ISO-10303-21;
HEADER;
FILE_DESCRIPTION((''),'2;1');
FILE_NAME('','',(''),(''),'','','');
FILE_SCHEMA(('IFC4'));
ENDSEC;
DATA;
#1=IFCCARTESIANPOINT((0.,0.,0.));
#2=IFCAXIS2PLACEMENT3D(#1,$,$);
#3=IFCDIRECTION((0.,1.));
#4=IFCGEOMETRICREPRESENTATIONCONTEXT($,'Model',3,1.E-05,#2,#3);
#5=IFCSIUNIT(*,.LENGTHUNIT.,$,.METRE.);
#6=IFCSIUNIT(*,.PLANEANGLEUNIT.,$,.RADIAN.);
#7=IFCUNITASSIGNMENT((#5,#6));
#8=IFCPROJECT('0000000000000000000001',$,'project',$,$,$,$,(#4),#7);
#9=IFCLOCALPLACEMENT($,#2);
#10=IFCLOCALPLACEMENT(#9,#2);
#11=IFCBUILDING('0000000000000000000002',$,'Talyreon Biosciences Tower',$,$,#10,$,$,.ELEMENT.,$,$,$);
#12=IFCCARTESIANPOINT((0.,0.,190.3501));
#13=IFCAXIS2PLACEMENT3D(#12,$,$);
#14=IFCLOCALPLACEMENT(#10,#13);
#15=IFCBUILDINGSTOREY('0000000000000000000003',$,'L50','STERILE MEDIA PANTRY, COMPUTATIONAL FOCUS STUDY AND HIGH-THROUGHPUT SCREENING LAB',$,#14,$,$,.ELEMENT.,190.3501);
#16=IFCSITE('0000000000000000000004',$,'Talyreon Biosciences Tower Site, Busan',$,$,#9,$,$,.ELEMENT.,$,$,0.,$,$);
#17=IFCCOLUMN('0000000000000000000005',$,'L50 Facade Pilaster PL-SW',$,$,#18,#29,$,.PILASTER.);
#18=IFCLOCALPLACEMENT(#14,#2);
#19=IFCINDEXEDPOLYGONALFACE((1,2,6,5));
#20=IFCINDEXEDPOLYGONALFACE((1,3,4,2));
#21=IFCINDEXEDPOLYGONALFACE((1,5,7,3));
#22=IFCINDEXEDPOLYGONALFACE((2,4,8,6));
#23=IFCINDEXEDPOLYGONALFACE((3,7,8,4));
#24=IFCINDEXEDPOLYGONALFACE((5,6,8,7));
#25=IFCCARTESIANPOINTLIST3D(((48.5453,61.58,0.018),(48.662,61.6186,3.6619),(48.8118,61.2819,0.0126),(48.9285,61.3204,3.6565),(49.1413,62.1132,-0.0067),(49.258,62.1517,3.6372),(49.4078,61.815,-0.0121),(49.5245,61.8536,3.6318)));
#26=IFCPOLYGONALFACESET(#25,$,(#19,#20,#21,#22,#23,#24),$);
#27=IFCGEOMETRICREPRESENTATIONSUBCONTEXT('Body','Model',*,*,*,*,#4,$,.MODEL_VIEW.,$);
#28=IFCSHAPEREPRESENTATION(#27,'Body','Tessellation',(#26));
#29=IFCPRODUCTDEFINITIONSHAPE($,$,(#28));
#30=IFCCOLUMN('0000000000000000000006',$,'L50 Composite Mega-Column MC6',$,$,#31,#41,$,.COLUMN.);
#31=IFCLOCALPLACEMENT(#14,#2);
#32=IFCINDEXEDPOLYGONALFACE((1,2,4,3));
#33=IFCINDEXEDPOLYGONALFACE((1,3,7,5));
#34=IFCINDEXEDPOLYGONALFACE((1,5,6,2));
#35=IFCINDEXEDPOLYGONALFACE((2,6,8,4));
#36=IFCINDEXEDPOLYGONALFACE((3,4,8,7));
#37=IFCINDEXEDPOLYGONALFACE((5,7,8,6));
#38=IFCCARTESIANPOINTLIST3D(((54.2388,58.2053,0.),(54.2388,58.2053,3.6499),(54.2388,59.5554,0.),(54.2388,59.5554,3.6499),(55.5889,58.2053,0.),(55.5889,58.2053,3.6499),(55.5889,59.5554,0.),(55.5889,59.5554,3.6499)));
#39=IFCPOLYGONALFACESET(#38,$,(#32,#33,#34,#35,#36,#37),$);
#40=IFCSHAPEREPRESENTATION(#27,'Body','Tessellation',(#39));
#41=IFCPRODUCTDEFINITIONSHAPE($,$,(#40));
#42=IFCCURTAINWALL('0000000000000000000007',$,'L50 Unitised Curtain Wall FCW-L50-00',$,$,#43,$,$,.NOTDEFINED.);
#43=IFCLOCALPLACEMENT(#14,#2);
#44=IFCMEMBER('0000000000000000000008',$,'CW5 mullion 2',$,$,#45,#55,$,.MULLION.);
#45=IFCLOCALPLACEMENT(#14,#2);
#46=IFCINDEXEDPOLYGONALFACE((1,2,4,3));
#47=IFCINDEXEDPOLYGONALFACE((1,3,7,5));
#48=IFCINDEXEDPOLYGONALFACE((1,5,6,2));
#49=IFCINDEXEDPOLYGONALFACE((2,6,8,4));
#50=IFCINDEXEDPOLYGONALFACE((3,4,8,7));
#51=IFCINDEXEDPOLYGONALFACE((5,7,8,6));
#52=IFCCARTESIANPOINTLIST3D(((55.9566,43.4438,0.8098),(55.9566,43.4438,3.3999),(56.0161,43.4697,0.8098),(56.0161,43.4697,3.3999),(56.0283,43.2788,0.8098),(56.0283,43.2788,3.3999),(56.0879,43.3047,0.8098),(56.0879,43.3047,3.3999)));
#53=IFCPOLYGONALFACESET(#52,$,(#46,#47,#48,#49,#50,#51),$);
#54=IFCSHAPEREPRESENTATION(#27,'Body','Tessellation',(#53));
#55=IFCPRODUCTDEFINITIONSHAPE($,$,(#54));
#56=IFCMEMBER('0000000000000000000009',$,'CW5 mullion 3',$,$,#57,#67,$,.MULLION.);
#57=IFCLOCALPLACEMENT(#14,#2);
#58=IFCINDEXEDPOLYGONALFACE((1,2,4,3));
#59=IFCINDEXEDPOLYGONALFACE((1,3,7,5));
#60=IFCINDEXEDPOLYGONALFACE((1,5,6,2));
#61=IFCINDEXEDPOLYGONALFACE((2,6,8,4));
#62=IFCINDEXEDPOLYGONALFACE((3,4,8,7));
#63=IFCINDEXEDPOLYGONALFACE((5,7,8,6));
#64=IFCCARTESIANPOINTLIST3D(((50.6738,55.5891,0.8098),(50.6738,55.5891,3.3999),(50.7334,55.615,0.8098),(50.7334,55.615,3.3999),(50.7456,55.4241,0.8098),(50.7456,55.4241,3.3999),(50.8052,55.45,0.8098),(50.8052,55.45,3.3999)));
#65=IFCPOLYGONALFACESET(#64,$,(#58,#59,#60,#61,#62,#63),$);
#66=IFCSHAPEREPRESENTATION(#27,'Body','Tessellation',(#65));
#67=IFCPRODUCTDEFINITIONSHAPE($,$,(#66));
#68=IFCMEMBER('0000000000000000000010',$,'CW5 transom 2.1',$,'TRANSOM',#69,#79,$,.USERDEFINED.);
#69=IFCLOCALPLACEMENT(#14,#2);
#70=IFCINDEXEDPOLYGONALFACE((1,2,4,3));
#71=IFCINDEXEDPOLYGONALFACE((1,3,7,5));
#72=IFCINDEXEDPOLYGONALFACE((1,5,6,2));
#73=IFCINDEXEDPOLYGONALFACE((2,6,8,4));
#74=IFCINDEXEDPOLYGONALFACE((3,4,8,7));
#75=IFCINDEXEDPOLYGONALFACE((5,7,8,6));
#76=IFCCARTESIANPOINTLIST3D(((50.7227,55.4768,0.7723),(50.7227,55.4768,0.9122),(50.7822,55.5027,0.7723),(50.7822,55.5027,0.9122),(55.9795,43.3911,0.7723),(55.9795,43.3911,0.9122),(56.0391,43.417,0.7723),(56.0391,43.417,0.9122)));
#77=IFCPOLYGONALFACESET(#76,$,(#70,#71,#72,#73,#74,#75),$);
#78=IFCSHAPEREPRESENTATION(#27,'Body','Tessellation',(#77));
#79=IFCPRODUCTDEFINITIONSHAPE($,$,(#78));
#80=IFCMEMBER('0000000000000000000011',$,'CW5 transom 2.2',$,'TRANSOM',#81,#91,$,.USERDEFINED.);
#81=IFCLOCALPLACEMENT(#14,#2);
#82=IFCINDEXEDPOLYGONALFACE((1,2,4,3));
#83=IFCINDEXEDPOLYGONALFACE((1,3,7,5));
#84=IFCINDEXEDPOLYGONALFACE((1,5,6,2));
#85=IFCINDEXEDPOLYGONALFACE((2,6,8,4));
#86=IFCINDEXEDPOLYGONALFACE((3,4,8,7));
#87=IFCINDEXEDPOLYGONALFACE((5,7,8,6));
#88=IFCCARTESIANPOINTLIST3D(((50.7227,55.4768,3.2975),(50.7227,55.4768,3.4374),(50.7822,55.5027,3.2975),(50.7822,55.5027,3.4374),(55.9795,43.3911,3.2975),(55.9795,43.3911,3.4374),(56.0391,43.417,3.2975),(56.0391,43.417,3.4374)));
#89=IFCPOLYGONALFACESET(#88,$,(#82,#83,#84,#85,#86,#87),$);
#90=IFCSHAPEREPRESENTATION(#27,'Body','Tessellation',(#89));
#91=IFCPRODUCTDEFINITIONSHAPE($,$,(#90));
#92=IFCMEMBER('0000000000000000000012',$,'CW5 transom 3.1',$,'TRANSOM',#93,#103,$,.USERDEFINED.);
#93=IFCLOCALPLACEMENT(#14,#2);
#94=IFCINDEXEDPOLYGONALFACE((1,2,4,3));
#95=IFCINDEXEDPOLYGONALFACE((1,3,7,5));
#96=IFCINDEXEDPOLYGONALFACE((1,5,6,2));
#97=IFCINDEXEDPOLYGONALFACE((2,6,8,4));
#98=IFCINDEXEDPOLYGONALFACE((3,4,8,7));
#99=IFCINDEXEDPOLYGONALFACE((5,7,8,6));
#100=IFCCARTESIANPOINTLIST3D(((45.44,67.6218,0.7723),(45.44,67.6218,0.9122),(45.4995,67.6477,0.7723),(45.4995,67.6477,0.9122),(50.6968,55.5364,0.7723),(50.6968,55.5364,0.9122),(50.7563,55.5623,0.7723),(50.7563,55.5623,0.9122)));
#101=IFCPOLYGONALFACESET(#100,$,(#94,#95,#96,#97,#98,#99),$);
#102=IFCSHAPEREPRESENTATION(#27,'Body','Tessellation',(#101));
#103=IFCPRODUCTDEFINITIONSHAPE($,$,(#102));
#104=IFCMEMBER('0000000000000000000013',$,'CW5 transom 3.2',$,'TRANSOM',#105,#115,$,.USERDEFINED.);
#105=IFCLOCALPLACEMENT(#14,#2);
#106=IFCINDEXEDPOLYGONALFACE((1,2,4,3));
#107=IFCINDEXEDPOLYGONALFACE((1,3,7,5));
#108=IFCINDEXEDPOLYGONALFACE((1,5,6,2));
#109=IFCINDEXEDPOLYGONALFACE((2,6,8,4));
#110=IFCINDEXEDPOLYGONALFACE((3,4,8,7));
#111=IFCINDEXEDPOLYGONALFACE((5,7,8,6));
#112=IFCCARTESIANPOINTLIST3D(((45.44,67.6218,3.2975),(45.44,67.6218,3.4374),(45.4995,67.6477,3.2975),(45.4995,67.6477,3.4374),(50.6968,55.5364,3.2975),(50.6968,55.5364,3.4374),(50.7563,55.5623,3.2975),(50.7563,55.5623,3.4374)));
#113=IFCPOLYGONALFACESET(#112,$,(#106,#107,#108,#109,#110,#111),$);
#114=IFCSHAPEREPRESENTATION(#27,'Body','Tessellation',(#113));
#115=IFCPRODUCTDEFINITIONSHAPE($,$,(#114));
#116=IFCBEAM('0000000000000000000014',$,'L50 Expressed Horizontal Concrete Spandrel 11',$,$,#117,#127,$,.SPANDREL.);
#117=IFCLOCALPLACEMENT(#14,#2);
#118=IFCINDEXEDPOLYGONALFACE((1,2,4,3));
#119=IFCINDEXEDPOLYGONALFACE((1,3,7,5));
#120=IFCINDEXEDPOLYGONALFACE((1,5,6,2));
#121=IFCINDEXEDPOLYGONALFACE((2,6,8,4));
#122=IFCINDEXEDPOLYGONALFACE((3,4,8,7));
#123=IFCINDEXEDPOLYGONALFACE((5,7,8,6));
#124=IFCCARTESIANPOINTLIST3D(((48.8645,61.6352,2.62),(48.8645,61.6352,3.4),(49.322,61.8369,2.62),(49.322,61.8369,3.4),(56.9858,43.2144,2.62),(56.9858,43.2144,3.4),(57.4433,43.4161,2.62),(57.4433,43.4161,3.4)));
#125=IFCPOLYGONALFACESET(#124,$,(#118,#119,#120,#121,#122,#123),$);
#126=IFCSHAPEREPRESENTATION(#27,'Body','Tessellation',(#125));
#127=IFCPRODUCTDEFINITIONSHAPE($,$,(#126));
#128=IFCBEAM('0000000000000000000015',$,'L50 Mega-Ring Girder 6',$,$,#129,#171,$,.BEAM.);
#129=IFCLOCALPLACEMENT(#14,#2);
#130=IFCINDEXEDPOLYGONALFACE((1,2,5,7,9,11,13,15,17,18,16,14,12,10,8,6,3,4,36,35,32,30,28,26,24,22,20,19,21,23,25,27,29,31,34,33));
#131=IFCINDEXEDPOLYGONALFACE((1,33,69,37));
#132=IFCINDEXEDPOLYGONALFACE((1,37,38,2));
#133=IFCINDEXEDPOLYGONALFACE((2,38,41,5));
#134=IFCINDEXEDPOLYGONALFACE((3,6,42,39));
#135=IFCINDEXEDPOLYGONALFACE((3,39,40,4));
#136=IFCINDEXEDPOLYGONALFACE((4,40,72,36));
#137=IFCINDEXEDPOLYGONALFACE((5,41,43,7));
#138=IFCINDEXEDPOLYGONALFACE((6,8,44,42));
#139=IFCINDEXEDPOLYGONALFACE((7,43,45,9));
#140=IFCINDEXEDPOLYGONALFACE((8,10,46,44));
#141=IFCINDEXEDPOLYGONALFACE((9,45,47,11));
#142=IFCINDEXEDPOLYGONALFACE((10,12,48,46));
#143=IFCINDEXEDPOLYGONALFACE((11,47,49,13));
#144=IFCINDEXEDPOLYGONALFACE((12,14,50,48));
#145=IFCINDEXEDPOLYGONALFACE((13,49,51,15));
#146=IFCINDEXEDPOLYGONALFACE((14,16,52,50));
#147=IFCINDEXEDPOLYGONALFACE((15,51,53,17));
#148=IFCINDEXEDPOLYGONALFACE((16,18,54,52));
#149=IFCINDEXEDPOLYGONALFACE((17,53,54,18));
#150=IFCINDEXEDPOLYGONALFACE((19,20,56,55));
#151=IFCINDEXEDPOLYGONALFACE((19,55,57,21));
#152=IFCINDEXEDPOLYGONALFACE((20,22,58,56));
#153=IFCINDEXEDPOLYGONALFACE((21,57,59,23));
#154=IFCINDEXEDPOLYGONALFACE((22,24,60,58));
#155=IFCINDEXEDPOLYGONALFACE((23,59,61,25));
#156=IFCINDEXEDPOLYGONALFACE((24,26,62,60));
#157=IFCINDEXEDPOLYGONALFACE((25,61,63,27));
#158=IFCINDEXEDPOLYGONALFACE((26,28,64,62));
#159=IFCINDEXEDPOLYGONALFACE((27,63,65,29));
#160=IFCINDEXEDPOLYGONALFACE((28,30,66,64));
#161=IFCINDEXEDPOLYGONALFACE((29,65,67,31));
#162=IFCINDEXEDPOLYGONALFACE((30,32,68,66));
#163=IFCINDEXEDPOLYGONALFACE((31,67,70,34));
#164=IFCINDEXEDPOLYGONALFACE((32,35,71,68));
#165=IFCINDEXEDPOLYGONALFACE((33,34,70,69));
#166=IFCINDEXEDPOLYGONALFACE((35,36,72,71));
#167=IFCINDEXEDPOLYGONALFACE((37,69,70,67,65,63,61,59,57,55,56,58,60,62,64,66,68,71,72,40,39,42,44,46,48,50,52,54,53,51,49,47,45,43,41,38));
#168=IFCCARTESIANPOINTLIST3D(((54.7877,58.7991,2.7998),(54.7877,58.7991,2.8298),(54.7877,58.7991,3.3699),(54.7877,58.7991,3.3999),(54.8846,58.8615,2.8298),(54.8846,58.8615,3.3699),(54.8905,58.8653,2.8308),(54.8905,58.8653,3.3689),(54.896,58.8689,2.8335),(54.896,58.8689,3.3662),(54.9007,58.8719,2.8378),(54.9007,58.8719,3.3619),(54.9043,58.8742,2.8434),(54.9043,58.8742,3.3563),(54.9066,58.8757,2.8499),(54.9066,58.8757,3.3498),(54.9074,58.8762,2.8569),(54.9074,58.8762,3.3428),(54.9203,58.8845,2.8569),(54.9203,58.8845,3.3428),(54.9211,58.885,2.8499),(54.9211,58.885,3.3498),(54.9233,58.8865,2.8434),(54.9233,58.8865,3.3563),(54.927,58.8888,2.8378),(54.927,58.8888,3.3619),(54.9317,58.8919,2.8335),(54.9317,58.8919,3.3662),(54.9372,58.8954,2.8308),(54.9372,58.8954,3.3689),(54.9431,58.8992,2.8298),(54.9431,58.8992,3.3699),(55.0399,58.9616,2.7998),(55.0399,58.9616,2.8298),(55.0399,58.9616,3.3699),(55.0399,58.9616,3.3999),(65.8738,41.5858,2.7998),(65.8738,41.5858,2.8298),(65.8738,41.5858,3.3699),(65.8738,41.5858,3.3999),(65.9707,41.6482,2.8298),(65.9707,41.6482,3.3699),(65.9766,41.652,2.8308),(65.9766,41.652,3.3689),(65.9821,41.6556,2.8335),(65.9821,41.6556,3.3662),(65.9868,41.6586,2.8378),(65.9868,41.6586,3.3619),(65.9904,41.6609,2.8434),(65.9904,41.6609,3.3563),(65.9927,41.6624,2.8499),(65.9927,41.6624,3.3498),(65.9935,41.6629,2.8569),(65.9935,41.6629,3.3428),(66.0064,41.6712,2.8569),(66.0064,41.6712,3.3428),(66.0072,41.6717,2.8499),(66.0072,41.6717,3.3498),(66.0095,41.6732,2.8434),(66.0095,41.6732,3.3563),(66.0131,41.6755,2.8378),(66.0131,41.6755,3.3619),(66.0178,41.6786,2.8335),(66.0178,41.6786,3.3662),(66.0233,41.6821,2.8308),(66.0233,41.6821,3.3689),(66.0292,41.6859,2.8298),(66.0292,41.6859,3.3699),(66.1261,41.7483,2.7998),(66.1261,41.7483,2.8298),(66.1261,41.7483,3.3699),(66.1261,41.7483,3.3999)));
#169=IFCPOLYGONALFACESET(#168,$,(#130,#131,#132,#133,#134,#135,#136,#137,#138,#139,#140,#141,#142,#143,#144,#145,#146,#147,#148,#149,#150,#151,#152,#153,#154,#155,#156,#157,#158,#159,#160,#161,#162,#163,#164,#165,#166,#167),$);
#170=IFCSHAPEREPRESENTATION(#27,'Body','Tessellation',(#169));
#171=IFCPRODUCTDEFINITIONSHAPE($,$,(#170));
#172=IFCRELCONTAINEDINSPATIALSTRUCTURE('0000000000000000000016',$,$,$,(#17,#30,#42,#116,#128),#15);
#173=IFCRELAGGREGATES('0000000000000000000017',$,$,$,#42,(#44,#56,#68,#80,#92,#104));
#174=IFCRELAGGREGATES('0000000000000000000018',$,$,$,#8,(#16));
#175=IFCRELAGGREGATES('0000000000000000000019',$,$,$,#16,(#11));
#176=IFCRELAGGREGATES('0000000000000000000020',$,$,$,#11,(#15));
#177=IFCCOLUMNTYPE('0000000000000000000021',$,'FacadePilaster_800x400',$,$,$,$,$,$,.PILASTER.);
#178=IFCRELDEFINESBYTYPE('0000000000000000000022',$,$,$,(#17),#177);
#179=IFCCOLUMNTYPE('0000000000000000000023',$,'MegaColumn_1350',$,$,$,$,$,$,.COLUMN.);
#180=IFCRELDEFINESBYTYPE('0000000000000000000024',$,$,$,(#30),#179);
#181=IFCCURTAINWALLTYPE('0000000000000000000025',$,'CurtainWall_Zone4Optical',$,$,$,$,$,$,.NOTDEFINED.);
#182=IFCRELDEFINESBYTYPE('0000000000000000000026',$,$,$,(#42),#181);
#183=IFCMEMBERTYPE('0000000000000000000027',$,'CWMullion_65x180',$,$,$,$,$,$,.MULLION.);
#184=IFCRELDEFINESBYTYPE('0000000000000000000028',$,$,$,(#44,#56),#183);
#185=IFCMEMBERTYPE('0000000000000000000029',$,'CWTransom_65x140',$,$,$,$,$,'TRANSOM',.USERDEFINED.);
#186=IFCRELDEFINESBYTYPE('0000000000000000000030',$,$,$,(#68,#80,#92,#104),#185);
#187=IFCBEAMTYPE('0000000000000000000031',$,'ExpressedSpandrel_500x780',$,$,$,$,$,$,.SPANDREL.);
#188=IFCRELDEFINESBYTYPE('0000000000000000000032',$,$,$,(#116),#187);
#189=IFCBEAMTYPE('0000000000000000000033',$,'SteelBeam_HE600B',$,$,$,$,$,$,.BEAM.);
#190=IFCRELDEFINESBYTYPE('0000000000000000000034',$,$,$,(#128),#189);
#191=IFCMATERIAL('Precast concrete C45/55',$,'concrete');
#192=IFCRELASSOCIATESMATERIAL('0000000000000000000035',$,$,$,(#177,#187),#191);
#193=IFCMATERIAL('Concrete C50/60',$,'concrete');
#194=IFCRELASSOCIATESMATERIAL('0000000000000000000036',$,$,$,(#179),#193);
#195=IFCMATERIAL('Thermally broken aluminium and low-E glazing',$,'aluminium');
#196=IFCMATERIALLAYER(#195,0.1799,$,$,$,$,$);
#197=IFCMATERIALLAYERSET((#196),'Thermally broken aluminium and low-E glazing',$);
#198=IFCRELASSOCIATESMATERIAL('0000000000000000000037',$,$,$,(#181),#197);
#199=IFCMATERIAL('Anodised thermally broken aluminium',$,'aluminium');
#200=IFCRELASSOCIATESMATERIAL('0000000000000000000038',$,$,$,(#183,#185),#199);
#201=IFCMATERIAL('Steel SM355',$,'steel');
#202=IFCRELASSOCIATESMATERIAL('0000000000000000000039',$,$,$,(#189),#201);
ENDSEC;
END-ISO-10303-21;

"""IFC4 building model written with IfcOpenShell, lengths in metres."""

from ifc_helpers import new_model, si_unit, direction, frame, origin, origin_2d, place, context, subcontext, project, spatial, rectangle, i_section, extrude, material, layer, layer_set, material_profile, profile_set, type_object, element, aggregate, save


model = new_model("IFC4")

# Units and contexts
model_context = context("Model", 3, precision=1e-05, world=origin(), true_north=direction((0.0, 1.0)))
body_context = subcontext(model_context, "Body", "Model", "MODEL_VIEW")
ifc_project = project(units=[si_unit("LENGTHUNIT", "METRE"), si_unit("PLANEANGLEUNIT", "RADIAN")], contexts=[model_context])

# Site, building, storey
site_placement = place(None, origin())
site = spatial("IfcSite", under=ifc_project, at=site_placement, Name="Talyreon Biosciences Tower Site, Busan", CompositionType="ELEMENT", RefElevation=0.0)
building_placement = place(site_placement, origin())
building = spatial("IfcBuilding", under=site, at=building_placement, Name="Talyreon Biosciences Tower", CompositionType="ELEMENT")
storey_placement = place(building_placement, frame((0.0, 0.0, 190.3501)))
storey = spatial("IfcBuildingStorey", under=building, at=storey_placement, Name="L50", Description="STERILE MEDIA PANTRY, COMPUTATIONAL FOCUS STUDY AND HIGH-THROUGHPUT SCREENING LAB", CompositionType="ELEMENT", Elevation=190.3501)

# Columns
ifc_material_1 = material(Name="Precast concrete C45/55", Category="concrete")
ifc_material_profile_1 = material_profile(ifc_material_1, rectangle(XDim=0.8, YDim=0.3999, at=origin_2d()), Name="RC 800x400")
ifc_profile_set_1 = profile_set([ifc_material_profile_1], Name="Precast concrete C45/55")
column_type_1 = type_object("IfcColumnType", Name="FacadePilaster_800x400", PredefinedType="PILASTER", material=ifc_profile_set_1)
column_1_placement = place(storey_placement, frame((48.9766, 61.6975, 0.0029), z_axis=(0.032006, 0.01058, 0.999432), x_axis=(0.744946, 0.666408, -0.030911)))
element("IfcColumn", 1, at=column_1_placement, inside=storey, type_object=column_type_1, Name="L50 Facade Pilaster PL-SW", PredefinedType="PILASTER", context=body_context, shape_type="SweptSolid", body=[
    extrude(rectangle(XDim=0.8, YDim=0.3999, at=origin_2d()), origin(), (0.0, 0.0, 1.0), 3.646),
])
ifc_material_2 = material(Name="Concrete C50/60", Category="concrete")
ifc_material_profile_2 = material_profile(ifc_material_2, rectangle(XDim=1.3501, YDim=1.3501, at=origin_2d()), Name="RC 1350x1350")
ifc_profile_set_2 = profile_set([ifc_material_profile_2], Name="Concrete C50/60")
column_type_2 = type_object("IfcColumnType", Name="MegaColumn_1350", PredefinedType="COLUMN", material=ifc_profile_set_2)
column_2_placement = place(storey_placement, frame((54.9138, 58.8804, 0.0), z_axis=(0.0, 0.0, 1.0), x_axis=(1.0, 0.0, 0.0)))
element("IfcColumn", 2, at=column_2_placement, inside=storey, type_object=column_type_2, Name="L50 Composite Mega-Column MC6", PredefinedType="COLUMN", context=body_context, shape_type="SweptSolid", body=[
    extrude(rectangle(XDim=1.3501, YDim=1.3501, at=origin_2d()), origin(), (0.0, 0.0, 1.0), 3.6499),
])

# Curtain wall, members
ifc_material_3 = material(Name="Thermally broken aluminium and low-E glazing", Category="aluminium")
ifc_layer_1 = layer(ifc_material_3, 0.1799)
ifc_layer_set_1 = layer_set([ifc_layer_1], Name="Thermally broken aluminium and low-E glazing")
curtain_wall_type = type_object("IfcCurtainWallType", Name="CurtainWall_Zone4Optical", PredefinedType="NOTDEFINED", material=ifc_layer_set_1)
curtain_wall_placement = place(storey_placement, origin())
curtain_wall = element("IfcCurtainWall", 3, at=curtain_wall_placement, inside=storey, type_object=curtain_wall_type, Name="L50 Unitised Curtain Wall FCW-L50-00", PredefinedType="NOTDEFINED")
ifc_material_4 = material(Name="Anodised thermally broken aluminium", Category="aluminium")
ifc_material_profile_3 = material_profile(ifc_material_4, rectangle(XDim=0.0649, YDim=0.1799, at=origin_2d()), Name="ALUM MULLION 65x180")
ifc_profile_set_3 = profile_set([ifc_material_profile_3], Name="Anodised thermally broken aluminium")
member_type_1 = type_object("IfcMemberType", Name="CWMullion_65x180", PredefinedType="MULLION", material=ifc_profile_set_3)
member_1_placement = place(storey_placement, frame((56.0222, 43.3743, 0.8098), z_axis=(0.0, 0.0, 1.0), x_axis=(-0.917011, -0.398862, 0.0)))
member_1 = element("IfcMember", 4, at=member_1_placement, type_object=member_type_1, Name="CW5 mullion 2", PredefinedType="MULLION", context=body_context, shape_type="SweptSolid", body=[
    extrude(rectangle(XDim=0.0649, YDim=0.1799, at=origin_2d()), origin(), (0.0, 0.0, 1.0), 2.5901),
])
member_2_placement = place(storey_placement, frame((50.7395, 55.5195, 0.8098), z_axis=(0.0, 0.0, 1.0), x_axis=(-0.917011, -0.398862, 0.0)))
member_2 = element("IfcMember", 5, at=member_2_placement, type_object=member_type_1, Name="CW5 mullion 3", PredefinedType="MULLION", context=body_context, shape_type="SweptSolid", body=[
    extrude(rectangle(XDim=0.0649, YDim=0.1799, at=origin_2d()), origin(), (0.0, 0.0, 1.0), 2.5901),
])
ifc_material_profile_4 = material_profile(ifc_material_4, rectangle(XDim=0.0649, YDim=0.1399, at=origin_2d()), Name="ALUM TRANSOM 65x140")
ifc_profile_set_4 = profile_set([ifc_material_profile_4], Name="Anodised thermally broken aluminium")
member_type_2 = type_object("IfcMemberType", Name="CWTransom_65x140", ElementType="TRANSOM", PredefinedType="USERDEFINED", material=ifc_profile_set_4)
member_3_placement = place(storey_placement, frame((56.0093, 43.4041, 0.8423), z_axis=(-0.398866, 0.917009, 0.0), x_axis=(-0.917009, -0.398866, 0.0)))
member_3 = element("IfcMember", 6, at=member_3_placement, type_object=member_type_2, Name="CW5 transom 2.1", ObjectType="TRANSOM", PredefinedType="USERDEFINED", context=body_context, shape_type="SweptSolid", body=[
    extrude(rectangle(XDim=0.0649, YDim=0.1399, at=origin_2d()), origin(), (0.0, 0.0, 1.0), 13.1794),
])
member_4_placement = place(storey_placement, frame((56.0093, 43.4041, 3.3674), z_axis=(-0.398866, 0.917009, 0.0), x_axis=(-0.917009, -0.398866, 0.0)))
member_4 = element("IfcMember", 7, at=member_4_placement, type_object=member_type_2, Name="CW5 transom 2.2", ObjectType="TRANSOM", PredefinedType="USERDEFINED", context=body_context, shape_type="SweptSolid", body=[
    extrude(rectangle(XDim=0.0649, YDim=0.1399, at=origin_2d()), origin(), (0.0, 0.0, 1.0), 13.1794),
])
member_5_placement = place(storey_placement, frame((50.7266, 55.5493, 0.8423), z_axis=(-0.398872, 0.917006, 0.0), x_axis=(-0.917006, -0.398872, 0.0)))
member_5 = element("IfcMember", 8, at=member_5_placement, type_object=member_type_2, Name="CW5 transom 3.1", ObjectType="TRANSOM", PredefinedType="USERDEFINED", context=body_context, shape_type="SweptSolid", body=[
    extrude(rectangle(XDim=0.0649, YDim=0.1399, at=origin_2d()), origin(), (0.0, 0.0, 1.0), 13.1792),
])
member_6_placement = place(storey_placement, frame((50.7266, 55.5493, 3.3674), z_axis=(-0.398872, 0.917006, 0.0), x_axis=(-0.917006, -0.398872, 0.0)))
member_6 = element("IfcMember", 9, at=member_6_placement, type_object=member_type_2, Name="CW5 transom 3.2", ObjectType="TRANSOM", PredefinedType="USERDEFINED", context=body_context, shape_type="SweptSolid", body=[
    extrude(rectangle(XDim=0.0649, YDim=0.1399, at=origin_2d()), origin(), (0.0, 0.0, 1.0), 13.1792),
])

# Beams
ifc_material_profile_5 = material_profile(ifc_material_1, rectangle(XDim=0.5, YDim=0.78, at=origin_2d()), Name="RCB 500x780")
ifc_profile_set_5 = profile_set([ifc_material_profile_5], Name="Precast concrete C45/55")
beam_type_1 = type_object("IfcBeamType", Name="ExpressedSpandrel_500x780", PredefinedType="SPANDREL", material=ifc_profile_set_5)
beam_1_placement = place(storey_placement, frame((49.0933, 61.7361, 3.01), z_axis=(0.40341, -0.915019, 0.0), x_axis=(0.915019, 0.40341, 0.0)))
element("IfcBeam", 10, at=beam_1_placement, inside=storey, type_object=beam_type_1, Name="L50 Expressed Horizontal Concrete Spandrel 11", PredefinedType="SPANDREL", context=body_context, shape_type="SweptSolid", body=[
    extrude(rectangle(XDim=0.5, YDim=0.78, at=origin_2d()), origin(), (0.0, 0.0, 1.0), 20.1316),
])
ifc_material_5 = material(Name="Steel SM355", Category="steel")
ifc_material_profile_6 = material_profile(ifc_material_5, i_section(OverallWidth=0.3, OverallDepth=0.6001, WebThickness=0.0154, FlangeThickness=0.03, FilletRadius=0.0271, at=origin_2d()), Name="HE600B")
ifc_profile_set_6 = profile_set([ifc_material_profile_6], Name="Steel SM355")
beam_type_2 = type_object("IfcBeamType", Name="SteelBeam_HE600B", PredefinedType="BEAM", material=ifc_profile_set_6)
beam_2_placement = place(storey_placement, frame((54.9138, 58.8804, 3.0999), z_axis=(0.541464, -0.840724, 0.0), x_axis=(0.840724, 0.541464, 0.0)))
element("IfcBeam", 11, at=beam_2_placement, inside=storey, type_object=beam_type_2, Name="L50 Mega-Ring Girder 6", PredefinedType="BEAM", context=body_context, shape_type="SweptSolid", body=[
    extrude(i_section(OverallWidth=0.3, OverallDepth=0.6001, WebThickness=0.0154, FlangeThickness=0.03, FilletRadius=0.0271, at=origin_2d()), origin(), (0.0, 0.0, 1.0), 20.4744),
])

aggregate(curtain_wall, [member_1, member_2, member_3, member_4, member_5, member_6])

save(model, "model.ifc")
